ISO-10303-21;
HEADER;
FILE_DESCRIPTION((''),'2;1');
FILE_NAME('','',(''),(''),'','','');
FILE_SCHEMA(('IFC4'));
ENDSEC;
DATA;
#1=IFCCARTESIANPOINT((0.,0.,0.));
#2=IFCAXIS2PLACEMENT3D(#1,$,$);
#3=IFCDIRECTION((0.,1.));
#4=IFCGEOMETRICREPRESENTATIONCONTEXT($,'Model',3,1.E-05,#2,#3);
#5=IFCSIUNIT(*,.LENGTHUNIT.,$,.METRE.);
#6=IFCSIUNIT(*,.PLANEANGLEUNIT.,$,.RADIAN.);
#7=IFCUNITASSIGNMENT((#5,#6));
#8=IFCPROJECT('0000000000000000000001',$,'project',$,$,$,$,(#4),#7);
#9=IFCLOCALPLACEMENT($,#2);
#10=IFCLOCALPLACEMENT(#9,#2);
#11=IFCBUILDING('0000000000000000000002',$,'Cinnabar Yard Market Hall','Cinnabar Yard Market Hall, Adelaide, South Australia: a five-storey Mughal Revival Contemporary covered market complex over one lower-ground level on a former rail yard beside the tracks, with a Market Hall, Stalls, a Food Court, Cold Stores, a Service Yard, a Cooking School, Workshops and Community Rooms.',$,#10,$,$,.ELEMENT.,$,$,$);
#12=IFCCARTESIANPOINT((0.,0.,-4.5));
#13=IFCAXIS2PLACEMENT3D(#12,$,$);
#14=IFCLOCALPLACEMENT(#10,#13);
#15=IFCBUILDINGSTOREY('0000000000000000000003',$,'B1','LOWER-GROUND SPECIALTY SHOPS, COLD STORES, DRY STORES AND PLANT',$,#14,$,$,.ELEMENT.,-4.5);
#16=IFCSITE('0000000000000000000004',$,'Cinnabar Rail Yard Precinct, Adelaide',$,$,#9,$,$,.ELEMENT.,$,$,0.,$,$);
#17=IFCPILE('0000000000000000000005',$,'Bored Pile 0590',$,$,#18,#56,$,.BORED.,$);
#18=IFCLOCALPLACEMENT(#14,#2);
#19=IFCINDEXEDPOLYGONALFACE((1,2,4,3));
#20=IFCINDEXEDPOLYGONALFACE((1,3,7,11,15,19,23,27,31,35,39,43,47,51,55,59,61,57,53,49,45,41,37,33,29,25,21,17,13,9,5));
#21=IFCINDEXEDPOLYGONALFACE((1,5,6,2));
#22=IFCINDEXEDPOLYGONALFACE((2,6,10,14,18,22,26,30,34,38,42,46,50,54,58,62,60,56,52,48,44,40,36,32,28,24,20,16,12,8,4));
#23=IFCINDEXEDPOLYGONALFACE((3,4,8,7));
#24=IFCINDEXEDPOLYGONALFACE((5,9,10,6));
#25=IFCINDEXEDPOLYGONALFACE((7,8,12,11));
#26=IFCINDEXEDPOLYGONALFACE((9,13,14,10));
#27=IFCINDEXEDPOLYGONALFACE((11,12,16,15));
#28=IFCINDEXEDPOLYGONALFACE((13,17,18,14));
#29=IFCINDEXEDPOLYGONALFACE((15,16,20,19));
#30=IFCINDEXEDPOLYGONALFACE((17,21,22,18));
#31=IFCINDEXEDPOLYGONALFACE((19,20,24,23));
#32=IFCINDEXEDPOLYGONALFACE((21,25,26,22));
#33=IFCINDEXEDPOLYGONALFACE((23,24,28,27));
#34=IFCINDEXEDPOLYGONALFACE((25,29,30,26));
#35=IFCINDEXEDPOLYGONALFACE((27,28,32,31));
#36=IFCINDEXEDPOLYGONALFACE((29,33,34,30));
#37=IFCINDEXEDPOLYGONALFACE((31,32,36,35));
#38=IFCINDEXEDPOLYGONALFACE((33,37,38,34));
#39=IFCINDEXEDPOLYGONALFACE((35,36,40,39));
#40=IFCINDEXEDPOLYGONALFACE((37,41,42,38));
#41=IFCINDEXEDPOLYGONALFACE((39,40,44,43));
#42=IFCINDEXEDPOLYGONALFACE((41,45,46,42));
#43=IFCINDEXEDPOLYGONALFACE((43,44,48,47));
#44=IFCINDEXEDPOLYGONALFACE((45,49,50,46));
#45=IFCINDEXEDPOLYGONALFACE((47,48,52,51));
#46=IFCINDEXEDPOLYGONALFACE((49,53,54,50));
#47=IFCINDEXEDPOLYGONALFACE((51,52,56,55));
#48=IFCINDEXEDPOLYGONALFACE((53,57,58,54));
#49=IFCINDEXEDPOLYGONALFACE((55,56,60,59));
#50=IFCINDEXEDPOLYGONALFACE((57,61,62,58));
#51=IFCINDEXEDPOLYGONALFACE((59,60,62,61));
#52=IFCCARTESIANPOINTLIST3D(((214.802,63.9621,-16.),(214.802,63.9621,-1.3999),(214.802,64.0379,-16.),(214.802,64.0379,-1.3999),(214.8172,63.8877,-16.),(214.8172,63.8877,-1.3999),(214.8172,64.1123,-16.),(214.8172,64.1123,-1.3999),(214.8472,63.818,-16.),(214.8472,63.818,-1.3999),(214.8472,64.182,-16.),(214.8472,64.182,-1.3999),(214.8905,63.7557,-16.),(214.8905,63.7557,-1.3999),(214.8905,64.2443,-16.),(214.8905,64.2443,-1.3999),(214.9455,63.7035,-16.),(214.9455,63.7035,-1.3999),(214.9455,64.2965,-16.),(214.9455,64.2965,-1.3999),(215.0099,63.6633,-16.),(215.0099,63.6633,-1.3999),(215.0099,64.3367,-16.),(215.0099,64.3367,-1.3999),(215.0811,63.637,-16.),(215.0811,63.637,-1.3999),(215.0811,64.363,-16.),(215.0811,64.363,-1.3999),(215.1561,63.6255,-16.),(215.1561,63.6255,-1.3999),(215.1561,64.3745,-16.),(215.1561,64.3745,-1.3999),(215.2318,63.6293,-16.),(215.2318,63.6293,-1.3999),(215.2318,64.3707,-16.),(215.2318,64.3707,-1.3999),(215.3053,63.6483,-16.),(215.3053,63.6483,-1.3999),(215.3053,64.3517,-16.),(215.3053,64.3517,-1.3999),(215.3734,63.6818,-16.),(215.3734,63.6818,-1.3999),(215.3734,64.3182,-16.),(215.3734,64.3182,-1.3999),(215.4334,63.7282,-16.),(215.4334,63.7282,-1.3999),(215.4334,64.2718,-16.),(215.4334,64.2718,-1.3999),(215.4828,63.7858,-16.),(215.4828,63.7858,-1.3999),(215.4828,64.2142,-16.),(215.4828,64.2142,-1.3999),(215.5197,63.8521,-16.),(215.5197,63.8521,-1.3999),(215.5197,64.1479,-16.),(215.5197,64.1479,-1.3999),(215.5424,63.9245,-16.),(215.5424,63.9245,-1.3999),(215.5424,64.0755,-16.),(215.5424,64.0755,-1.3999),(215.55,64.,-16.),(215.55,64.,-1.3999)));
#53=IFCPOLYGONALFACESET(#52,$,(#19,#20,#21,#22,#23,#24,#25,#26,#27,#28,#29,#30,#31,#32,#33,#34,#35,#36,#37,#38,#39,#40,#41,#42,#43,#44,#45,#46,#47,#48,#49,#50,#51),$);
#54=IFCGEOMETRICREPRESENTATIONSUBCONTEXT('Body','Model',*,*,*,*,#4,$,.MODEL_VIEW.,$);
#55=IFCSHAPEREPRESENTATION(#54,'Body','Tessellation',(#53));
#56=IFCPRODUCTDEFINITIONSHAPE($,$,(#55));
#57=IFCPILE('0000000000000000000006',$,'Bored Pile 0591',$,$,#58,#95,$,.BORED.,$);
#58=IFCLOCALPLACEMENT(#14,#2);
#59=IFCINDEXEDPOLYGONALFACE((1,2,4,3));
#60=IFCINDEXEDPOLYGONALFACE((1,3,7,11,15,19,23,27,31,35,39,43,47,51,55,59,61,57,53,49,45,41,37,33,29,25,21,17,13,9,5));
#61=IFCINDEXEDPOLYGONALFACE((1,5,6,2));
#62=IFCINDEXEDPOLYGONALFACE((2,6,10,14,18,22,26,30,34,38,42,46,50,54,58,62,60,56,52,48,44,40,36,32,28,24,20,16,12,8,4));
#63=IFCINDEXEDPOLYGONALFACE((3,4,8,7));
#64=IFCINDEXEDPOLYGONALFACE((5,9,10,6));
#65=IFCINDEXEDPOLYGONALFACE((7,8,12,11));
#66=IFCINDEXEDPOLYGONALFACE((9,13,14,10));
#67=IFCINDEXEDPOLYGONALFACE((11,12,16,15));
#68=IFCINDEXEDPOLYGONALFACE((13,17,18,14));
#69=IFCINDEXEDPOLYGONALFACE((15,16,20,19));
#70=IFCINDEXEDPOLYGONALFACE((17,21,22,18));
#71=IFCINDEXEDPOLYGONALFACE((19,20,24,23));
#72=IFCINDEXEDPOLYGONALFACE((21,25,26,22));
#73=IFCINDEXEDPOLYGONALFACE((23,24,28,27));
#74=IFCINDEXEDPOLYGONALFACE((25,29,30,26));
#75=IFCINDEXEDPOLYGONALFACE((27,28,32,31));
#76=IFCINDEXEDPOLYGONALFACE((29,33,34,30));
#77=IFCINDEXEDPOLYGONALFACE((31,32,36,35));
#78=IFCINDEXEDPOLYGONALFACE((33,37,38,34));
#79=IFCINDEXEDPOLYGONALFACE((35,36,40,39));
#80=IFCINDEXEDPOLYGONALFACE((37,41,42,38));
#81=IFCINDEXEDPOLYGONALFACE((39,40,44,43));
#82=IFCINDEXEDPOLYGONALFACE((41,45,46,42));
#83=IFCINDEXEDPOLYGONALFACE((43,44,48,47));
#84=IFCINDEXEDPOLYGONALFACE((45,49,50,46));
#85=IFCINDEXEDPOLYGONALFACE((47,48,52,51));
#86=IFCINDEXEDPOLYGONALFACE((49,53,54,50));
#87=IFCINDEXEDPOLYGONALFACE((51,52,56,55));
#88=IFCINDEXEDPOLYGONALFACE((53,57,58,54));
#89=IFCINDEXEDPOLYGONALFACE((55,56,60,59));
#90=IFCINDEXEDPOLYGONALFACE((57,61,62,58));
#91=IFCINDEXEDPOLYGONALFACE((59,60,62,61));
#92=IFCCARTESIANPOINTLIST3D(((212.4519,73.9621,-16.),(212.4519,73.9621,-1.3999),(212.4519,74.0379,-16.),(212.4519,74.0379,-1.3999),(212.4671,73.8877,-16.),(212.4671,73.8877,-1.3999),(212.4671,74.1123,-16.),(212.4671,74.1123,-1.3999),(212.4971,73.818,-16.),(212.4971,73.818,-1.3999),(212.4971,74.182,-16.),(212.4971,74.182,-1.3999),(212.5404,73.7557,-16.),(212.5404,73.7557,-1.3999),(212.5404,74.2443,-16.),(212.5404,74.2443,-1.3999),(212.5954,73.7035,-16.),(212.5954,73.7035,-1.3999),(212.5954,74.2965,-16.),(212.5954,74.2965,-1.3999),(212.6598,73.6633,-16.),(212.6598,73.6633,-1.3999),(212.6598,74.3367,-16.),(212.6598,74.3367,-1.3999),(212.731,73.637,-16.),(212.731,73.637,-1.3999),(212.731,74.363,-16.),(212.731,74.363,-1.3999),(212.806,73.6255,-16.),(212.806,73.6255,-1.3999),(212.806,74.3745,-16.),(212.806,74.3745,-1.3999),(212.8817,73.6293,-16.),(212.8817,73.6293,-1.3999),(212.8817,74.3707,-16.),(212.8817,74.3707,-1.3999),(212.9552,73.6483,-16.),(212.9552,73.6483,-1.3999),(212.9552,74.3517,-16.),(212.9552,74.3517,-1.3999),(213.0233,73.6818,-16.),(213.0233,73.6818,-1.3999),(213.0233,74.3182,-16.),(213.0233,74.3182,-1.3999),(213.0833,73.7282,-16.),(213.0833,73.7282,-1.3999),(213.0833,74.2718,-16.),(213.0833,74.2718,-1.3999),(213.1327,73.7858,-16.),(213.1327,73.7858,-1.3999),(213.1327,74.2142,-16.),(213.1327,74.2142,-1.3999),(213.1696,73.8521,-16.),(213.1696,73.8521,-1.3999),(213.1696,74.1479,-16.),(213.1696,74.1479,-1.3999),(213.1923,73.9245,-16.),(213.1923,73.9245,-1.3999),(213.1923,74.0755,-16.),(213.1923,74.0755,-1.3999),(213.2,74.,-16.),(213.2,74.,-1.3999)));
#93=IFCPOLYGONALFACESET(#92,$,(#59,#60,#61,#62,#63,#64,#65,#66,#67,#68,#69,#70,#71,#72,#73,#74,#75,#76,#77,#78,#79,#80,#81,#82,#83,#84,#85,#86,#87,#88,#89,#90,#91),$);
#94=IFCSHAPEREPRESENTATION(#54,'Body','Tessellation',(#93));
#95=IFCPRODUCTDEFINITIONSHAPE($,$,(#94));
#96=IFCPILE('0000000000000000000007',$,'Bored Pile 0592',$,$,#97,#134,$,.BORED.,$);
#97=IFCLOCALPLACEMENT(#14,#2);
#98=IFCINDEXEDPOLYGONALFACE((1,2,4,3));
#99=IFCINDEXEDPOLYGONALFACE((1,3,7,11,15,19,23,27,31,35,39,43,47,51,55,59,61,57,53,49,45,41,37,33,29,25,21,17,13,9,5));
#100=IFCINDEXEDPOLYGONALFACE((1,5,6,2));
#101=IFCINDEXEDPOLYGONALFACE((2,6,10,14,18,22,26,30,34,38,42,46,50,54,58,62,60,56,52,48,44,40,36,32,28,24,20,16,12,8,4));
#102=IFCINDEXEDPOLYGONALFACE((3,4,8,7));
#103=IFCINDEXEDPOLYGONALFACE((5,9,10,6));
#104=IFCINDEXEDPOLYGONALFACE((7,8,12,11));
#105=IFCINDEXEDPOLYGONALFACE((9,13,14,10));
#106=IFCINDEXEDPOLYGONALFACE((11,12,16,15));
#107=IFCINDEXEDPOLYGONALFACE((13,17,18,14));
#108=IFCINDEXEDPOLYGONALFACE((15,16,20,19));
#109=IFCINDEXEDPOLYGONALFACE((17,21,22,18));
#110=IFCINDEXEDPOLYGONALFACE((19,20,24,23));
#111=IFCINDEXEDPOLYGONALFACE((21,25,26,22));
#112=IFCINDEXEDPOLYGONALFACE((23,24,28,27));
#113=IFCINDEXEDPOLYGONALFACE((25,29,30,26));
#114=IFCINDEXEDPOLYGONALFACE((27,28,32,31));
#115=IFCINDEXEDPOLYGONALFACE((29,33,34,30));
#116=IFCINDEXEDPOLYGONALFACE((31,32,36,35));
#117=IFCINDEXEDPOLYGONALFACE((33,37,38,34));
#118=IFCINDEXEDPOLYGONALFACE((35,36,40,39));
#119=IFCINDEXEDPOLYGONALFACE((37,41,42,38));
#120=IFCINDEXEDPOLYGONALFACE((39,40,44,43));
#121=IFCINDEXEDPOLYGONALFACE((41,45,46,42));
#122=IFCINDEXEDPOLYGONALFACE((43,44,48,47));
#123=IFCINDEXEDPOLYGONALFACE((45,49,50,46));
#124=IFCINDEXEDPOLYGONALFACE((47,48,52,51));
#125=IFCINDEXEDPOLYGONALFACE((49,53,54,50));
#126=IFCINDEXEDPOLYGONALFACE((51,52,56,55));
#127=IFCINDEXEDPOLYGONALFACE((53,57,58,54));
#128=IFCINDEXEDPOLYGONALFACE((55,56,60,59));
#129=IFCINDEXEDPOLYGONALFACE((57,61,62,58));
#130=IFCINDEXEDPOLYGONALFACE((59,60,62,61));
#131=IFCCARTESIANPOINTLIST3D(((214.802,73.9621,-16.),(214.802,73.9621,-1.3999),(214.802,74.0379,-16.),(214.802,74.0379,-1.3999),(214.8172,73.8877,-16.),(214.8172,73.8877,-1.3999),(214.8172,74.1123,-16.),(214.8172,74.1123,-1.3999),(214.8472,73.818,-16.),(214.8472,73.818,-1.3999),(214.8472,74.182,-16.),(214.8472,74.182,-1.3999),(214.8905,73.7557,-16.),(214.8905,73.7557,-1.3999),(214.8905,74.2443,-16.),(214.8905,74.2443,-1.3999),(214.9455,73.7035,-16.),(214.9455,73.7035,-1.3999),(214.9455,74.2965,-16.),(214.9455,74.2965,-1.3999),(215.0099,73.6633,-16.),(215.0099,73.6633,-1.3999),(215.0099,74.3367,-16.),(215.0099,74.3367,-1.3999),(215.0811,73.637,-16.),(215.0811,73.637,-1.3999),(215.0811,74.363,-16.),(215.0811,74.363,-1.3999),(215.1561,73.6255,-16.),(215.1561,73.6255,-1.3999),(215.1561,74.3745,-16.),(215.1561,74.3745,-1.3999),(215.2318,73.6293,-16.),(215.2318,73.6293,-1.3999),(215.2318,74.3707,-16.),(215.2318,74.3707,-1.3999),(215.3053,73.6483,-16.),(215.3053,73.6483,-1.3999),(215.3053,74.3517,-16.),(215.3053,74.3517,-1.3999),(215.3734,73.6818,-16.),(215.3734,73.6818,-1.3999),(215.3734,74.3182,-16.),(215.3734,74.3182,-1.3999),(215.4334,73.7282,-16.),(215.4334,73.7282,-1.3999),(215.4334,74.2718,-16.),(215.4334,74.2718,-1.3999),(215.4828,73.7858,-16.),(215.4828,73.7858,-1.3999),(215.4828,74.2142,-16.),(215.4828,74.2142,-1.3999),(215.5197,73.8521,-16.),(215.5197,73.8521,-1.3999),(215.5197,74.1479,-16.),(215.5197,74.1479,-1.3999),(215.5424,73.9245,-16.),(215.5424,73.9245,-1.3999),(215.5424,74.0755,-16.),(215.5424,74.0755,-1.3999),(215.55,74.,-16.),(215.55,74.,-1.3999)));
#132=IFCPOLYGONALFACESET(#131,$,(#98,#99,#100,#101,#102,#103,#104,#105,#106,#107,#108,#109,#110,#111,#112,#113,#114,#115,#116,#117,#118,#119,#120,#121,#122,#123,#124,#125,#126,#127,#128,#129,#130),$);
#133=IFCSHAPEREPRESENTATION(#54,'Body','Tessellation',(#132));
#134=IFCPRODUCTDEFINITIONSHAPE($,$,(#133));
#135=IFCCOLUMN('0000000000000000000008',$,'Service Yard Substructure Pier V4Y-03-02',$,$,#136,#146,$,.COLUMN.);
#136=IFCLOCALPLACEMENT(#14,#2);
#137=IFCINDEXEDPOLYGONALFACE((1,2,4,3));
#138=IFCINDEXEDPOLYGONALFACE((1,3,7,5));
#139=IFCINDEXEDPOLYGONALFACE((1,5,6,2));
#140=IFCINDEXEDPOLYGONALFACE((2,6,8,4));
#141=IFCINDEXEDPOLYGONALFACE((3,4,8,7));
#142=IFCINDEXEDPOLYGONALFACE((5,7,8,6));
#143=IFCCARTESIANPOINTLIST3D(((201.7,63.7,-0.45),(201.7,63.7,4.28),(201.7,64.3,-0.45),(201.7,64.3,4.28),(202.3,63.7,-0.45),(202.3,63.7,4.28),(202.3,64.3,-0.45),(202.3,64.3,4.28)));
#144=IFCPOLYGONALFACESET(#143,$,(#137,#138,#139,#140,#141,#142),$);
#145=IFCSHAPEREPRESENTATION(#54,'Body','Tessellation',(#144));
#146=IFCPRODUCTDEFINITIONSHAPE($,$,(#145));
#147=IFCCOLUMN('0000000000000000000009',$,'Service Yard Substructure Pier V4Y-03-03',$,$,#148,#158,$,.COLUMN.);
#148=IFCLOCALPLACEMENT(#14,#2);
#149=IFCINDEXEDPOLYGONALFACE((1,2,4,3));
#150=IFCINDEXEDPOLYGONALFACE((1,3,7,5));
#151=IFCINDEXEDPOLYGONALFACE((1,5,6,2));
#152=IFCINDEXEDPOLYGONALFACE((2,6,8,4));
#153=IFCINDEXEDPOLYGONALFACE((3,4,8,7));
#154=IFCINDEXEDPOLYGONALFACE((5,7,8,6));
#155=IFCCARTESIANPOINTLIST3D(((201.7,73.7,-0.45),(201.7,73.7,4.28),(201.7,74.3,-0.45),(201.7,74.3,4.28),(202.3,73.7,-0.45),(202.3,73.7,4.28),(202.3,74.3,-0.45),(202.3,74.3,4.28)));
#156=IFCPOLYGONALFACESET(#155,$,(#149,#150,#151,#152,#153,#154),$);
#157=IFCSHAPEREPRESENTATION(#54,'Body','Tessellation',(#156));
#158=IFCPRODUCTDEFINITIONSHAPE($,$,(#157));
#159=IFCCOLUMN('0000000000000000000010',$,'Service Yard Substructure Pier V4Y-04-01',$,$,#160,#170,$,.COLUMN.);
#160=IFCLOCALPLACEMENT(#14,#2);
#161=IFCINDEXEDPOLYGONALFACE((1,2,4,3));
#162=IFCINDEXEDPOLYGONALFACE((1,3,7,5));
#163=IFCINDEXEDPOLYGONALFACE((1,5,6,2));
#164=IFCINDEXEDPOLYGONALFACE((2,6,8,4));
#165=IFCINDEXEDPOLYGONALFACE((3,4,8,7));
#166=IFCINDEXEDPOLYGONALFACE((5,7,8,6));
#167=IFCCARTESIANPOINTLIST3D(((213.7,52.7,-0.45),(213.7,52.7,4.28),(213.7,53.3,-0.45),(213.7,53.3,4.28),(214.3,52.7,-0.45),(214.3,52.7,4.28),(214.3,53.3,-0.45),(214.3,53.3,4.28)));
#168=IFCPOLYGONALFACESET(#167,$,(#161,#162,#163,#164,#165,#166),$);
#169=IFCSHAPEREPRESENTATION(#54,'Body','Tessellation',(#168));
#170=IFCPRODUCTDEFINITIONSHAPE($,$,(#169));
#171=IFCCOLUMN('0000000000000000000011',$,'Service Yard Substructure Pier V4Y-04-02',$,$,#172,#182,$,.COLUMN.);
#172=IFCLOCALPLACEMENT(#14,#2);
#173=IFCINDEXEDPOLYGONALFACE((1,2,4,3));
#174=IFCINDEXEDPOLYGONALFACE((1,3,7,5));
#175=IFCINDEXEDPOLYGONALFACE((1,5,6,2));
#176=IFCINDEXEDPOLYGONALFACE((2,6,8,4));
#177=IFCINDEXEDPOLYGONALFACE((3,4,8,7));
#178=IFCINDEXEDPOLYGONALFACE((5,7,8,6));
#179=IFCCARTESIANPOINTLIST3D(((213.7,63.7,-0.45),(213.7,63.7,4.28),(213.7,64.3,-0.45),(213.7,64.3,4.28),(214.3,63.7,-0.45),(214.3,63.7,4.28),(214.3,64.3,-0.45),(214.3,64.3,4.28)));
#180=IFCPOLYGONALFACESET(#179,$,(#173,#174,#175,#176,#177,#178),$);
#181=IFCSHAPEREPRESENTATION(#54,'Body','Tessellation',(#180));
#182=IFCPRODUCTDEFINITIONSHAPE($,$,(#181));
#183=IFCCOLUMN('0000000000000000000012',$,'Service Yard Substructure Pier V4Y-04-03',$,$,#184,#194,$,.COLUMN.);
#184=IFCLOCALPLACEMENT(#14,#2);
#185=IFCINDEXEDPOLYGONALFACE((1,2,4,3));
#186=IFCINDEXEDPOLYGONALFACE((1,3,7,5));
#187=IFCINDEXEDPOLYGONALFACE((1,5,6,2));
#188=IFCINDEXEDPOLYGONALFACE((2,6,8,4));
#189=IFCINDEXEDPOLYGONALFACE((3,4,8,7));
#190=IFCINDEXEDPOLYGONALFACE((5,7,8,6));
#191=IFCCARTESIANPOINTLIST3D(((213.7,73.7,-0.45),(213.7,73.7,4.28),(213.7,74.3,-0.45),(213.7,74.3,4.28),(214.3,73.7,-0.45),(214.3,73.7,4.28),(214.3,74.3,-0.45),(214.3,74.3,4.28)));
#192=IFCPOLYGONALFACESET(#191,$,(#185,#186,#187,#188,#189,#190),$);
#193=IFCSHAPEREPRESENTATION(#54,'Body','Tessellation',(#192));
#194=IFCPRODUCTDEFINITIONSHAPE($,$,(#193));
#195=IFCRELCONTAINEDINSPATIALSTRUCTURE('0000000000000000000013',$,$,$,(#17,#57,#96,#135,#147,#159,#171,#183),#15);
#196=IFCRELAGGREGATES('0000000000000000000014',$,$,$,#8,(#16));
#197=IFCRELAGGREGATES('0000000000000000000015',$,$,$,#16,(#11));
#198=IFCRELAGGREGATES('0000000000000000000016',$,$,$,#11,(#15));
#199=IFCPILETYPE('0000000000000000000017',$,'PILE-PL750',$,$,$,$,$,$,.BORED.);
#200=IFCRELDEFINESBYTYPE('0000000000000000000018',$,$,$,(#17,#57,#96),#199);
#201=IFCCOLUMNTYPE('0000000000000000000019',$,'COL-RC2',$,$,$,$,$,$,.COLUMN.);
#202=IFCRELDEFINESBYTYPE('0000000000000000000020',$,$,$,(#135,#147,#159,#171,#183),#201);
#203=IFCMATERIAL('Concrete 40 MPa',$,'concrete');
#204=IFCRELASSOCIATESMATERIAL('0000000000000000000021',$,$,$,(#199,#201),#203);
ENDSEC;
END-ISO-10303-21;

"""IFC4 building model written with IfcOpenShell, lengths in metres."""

from ifc_helpers import new_model, si_unit, direction, frame, origin, origin_2d_with_axis, place, context, subcontext, project, spatial, rectangle, circle, extrude, material, material_profile, profile_set, type_object, element, save


model = new_model("IFC4")

# Units and contexts
model_context = context("Model", 3, precision=1e-05, world=origin(), true_north=direction((0.0, 1.0)))
body_context = subcontext(model_context, "Body", "Model", "MODEL_VIEW")
ifc_project = project(units=[si_unit("LENGTHUNIT", "METRE"), si_unit("PLANEANGLEUNIT", "RADIAN")], contexts=[model_context])

# Site, building, storey
site_placement = place(None, origin())
site = spatial("IfcSite", under=ifc_project, at=site_placement, Name="Cinnabar Rail Yard Precinct, Adelaide", CompositionType="ELEMENT", RefElevation=0.0)
building_placement = place(site_placement, origin())
building = spatial("IfcBuilding", under=site, at=building_placement, Name="Cinnabar Yard Market Hall", Description="Cinnabar Yard Market Hall, Adelaide, South Australia: a five-storey Mughal Revival Contemporary covered market complex over one lower-ground level on a former rail yard beside the tracks, with a Market Hall, Stalls, a Food Court, Cold Stores, a Service Yard, a Cooking School, Workshops and Community Rooms.", CompositionType="ELEMENT")
storey_placement = place(building_placement, frame((0.0, 0.0, -4.5)))
storey = spatial("IfcBuildingStorey", under=building, at=storey_placement, Name="B1", Description="LOWER-GROUND SPECIALTY SHOPS, COLD STORES, DRY STORES AND PLANT", CompositionType="ELEMENT", Elevation=-4.5)

# Shared definitions
ifc_material_1 = material(Name="Concrete 40 MPa", Category="concrete")

# Piles
ifc_material_profile_1 = material_profile(ifc_material_1, circle(Radius=0.375, at=origin_2d_with_axis()), Name="PILE-D750")
ifc_profile_set_1 = profile_set([ifc_material_profile_1], Name="Concrete 40 MPa")
pile_type = type_object("IfcPileType", Name="PILE-PL750", PredefinedType="BORED", material=ifc_profile_set_1)
for number, where, z_axis, x_axis, name in (
    (1, (215.175, 64.0, -1.3999), (0.0, 0.0, -1.0), (1.0, 0.0, 0.0), "Bored Pile 0590"),
    (2, (212.825, 74.0, -1.3999), (0.0, 0.0, -1.0), (1.0, 0.0, 0.0), "Bored Pile 0591"),
    (3, (215.175, 74.0, -1.3999), (0.0, 0.0, -1.0), (1.0, 0.0, 0.0), "Bored Pile 0592"),
):
    element("IfcPile", number, at=place(storey_placement, frame(where, z_axis=z_axis, x_axis=x_axis)), inside=storey, type_object=pile_type, Name=name, PredefinedType="BORED", context=body_context, shape_type="SweptSolid", body=[
        extrude(circle(Radius=0.375, at=origin_2d_with_axis()), origin(), (0.0, 0.0, 1.0), 14.6001),
    ])

# Columns
ifc_material_profile_2 = material_profile(ifc_material_1, rectangle(XDim=0.6001, YDim=0.6001, at=origin_2d_with_axis()), Name="RC-600x600")
ifc_profile_set_2 = profile_set([ifc_material_profile_2], Name="Concrete 40 MPa")
column_type = type_object("IfcColumnType", Name="COL-RC2", PredefinedType="COLUMN", material=ifc_profile_set_2)
for number, where, z_axis, x_axis, name in (
    (4, (202.0, 64.0, -0.45), (0.0, 0.0, 1.0), (1.0, 0.0, 0.0), "Service Yard Substructure Pier V4Y-03-02"),
    (5, (202.0, 74.0, -0.45), (0.0, 0.0, 1.0), (1.0, 0.0, 0.0), "Service Yard Substructure Pier V4Y-03-03"),
    (6, (214.0, 53.0, -0.45), (0.0, 0.0, 1.0), (1.0, 0.0, 0.0), "Service Yard Substructure Pier V4Y-04-01"),
    (7, (214.0, 64.0, -0.45), (0.0, 0.0, 1.0), (1.0, 0.0, 0.0), "Service Yard Substructure Pier V4Y-04-02"),
    (8, (214.0, 74.0, -0.45), (0.0, 0.0, 1.0), (1.0, 0.0, 0.0), "Service Yard Substructure Pier V4Y-04-03"),
):
    element("IfcColumn", number, at=place(storey_placement, frame(where, z_axis=z_axis, x_axis=x_axis)), inside=storey, type_object=column_type, Name=name, PredefinedType="COLUMN", context=body_context, shape_type="SweptSolid", body=[
        extrude(rectangle(XDim=0.6001, YDim=0.6001, at=origin_2d_with_axis()), origin(), (0.0, 0.0, 1.0), 4.73),
    ])

save(model, "model.ifc")
